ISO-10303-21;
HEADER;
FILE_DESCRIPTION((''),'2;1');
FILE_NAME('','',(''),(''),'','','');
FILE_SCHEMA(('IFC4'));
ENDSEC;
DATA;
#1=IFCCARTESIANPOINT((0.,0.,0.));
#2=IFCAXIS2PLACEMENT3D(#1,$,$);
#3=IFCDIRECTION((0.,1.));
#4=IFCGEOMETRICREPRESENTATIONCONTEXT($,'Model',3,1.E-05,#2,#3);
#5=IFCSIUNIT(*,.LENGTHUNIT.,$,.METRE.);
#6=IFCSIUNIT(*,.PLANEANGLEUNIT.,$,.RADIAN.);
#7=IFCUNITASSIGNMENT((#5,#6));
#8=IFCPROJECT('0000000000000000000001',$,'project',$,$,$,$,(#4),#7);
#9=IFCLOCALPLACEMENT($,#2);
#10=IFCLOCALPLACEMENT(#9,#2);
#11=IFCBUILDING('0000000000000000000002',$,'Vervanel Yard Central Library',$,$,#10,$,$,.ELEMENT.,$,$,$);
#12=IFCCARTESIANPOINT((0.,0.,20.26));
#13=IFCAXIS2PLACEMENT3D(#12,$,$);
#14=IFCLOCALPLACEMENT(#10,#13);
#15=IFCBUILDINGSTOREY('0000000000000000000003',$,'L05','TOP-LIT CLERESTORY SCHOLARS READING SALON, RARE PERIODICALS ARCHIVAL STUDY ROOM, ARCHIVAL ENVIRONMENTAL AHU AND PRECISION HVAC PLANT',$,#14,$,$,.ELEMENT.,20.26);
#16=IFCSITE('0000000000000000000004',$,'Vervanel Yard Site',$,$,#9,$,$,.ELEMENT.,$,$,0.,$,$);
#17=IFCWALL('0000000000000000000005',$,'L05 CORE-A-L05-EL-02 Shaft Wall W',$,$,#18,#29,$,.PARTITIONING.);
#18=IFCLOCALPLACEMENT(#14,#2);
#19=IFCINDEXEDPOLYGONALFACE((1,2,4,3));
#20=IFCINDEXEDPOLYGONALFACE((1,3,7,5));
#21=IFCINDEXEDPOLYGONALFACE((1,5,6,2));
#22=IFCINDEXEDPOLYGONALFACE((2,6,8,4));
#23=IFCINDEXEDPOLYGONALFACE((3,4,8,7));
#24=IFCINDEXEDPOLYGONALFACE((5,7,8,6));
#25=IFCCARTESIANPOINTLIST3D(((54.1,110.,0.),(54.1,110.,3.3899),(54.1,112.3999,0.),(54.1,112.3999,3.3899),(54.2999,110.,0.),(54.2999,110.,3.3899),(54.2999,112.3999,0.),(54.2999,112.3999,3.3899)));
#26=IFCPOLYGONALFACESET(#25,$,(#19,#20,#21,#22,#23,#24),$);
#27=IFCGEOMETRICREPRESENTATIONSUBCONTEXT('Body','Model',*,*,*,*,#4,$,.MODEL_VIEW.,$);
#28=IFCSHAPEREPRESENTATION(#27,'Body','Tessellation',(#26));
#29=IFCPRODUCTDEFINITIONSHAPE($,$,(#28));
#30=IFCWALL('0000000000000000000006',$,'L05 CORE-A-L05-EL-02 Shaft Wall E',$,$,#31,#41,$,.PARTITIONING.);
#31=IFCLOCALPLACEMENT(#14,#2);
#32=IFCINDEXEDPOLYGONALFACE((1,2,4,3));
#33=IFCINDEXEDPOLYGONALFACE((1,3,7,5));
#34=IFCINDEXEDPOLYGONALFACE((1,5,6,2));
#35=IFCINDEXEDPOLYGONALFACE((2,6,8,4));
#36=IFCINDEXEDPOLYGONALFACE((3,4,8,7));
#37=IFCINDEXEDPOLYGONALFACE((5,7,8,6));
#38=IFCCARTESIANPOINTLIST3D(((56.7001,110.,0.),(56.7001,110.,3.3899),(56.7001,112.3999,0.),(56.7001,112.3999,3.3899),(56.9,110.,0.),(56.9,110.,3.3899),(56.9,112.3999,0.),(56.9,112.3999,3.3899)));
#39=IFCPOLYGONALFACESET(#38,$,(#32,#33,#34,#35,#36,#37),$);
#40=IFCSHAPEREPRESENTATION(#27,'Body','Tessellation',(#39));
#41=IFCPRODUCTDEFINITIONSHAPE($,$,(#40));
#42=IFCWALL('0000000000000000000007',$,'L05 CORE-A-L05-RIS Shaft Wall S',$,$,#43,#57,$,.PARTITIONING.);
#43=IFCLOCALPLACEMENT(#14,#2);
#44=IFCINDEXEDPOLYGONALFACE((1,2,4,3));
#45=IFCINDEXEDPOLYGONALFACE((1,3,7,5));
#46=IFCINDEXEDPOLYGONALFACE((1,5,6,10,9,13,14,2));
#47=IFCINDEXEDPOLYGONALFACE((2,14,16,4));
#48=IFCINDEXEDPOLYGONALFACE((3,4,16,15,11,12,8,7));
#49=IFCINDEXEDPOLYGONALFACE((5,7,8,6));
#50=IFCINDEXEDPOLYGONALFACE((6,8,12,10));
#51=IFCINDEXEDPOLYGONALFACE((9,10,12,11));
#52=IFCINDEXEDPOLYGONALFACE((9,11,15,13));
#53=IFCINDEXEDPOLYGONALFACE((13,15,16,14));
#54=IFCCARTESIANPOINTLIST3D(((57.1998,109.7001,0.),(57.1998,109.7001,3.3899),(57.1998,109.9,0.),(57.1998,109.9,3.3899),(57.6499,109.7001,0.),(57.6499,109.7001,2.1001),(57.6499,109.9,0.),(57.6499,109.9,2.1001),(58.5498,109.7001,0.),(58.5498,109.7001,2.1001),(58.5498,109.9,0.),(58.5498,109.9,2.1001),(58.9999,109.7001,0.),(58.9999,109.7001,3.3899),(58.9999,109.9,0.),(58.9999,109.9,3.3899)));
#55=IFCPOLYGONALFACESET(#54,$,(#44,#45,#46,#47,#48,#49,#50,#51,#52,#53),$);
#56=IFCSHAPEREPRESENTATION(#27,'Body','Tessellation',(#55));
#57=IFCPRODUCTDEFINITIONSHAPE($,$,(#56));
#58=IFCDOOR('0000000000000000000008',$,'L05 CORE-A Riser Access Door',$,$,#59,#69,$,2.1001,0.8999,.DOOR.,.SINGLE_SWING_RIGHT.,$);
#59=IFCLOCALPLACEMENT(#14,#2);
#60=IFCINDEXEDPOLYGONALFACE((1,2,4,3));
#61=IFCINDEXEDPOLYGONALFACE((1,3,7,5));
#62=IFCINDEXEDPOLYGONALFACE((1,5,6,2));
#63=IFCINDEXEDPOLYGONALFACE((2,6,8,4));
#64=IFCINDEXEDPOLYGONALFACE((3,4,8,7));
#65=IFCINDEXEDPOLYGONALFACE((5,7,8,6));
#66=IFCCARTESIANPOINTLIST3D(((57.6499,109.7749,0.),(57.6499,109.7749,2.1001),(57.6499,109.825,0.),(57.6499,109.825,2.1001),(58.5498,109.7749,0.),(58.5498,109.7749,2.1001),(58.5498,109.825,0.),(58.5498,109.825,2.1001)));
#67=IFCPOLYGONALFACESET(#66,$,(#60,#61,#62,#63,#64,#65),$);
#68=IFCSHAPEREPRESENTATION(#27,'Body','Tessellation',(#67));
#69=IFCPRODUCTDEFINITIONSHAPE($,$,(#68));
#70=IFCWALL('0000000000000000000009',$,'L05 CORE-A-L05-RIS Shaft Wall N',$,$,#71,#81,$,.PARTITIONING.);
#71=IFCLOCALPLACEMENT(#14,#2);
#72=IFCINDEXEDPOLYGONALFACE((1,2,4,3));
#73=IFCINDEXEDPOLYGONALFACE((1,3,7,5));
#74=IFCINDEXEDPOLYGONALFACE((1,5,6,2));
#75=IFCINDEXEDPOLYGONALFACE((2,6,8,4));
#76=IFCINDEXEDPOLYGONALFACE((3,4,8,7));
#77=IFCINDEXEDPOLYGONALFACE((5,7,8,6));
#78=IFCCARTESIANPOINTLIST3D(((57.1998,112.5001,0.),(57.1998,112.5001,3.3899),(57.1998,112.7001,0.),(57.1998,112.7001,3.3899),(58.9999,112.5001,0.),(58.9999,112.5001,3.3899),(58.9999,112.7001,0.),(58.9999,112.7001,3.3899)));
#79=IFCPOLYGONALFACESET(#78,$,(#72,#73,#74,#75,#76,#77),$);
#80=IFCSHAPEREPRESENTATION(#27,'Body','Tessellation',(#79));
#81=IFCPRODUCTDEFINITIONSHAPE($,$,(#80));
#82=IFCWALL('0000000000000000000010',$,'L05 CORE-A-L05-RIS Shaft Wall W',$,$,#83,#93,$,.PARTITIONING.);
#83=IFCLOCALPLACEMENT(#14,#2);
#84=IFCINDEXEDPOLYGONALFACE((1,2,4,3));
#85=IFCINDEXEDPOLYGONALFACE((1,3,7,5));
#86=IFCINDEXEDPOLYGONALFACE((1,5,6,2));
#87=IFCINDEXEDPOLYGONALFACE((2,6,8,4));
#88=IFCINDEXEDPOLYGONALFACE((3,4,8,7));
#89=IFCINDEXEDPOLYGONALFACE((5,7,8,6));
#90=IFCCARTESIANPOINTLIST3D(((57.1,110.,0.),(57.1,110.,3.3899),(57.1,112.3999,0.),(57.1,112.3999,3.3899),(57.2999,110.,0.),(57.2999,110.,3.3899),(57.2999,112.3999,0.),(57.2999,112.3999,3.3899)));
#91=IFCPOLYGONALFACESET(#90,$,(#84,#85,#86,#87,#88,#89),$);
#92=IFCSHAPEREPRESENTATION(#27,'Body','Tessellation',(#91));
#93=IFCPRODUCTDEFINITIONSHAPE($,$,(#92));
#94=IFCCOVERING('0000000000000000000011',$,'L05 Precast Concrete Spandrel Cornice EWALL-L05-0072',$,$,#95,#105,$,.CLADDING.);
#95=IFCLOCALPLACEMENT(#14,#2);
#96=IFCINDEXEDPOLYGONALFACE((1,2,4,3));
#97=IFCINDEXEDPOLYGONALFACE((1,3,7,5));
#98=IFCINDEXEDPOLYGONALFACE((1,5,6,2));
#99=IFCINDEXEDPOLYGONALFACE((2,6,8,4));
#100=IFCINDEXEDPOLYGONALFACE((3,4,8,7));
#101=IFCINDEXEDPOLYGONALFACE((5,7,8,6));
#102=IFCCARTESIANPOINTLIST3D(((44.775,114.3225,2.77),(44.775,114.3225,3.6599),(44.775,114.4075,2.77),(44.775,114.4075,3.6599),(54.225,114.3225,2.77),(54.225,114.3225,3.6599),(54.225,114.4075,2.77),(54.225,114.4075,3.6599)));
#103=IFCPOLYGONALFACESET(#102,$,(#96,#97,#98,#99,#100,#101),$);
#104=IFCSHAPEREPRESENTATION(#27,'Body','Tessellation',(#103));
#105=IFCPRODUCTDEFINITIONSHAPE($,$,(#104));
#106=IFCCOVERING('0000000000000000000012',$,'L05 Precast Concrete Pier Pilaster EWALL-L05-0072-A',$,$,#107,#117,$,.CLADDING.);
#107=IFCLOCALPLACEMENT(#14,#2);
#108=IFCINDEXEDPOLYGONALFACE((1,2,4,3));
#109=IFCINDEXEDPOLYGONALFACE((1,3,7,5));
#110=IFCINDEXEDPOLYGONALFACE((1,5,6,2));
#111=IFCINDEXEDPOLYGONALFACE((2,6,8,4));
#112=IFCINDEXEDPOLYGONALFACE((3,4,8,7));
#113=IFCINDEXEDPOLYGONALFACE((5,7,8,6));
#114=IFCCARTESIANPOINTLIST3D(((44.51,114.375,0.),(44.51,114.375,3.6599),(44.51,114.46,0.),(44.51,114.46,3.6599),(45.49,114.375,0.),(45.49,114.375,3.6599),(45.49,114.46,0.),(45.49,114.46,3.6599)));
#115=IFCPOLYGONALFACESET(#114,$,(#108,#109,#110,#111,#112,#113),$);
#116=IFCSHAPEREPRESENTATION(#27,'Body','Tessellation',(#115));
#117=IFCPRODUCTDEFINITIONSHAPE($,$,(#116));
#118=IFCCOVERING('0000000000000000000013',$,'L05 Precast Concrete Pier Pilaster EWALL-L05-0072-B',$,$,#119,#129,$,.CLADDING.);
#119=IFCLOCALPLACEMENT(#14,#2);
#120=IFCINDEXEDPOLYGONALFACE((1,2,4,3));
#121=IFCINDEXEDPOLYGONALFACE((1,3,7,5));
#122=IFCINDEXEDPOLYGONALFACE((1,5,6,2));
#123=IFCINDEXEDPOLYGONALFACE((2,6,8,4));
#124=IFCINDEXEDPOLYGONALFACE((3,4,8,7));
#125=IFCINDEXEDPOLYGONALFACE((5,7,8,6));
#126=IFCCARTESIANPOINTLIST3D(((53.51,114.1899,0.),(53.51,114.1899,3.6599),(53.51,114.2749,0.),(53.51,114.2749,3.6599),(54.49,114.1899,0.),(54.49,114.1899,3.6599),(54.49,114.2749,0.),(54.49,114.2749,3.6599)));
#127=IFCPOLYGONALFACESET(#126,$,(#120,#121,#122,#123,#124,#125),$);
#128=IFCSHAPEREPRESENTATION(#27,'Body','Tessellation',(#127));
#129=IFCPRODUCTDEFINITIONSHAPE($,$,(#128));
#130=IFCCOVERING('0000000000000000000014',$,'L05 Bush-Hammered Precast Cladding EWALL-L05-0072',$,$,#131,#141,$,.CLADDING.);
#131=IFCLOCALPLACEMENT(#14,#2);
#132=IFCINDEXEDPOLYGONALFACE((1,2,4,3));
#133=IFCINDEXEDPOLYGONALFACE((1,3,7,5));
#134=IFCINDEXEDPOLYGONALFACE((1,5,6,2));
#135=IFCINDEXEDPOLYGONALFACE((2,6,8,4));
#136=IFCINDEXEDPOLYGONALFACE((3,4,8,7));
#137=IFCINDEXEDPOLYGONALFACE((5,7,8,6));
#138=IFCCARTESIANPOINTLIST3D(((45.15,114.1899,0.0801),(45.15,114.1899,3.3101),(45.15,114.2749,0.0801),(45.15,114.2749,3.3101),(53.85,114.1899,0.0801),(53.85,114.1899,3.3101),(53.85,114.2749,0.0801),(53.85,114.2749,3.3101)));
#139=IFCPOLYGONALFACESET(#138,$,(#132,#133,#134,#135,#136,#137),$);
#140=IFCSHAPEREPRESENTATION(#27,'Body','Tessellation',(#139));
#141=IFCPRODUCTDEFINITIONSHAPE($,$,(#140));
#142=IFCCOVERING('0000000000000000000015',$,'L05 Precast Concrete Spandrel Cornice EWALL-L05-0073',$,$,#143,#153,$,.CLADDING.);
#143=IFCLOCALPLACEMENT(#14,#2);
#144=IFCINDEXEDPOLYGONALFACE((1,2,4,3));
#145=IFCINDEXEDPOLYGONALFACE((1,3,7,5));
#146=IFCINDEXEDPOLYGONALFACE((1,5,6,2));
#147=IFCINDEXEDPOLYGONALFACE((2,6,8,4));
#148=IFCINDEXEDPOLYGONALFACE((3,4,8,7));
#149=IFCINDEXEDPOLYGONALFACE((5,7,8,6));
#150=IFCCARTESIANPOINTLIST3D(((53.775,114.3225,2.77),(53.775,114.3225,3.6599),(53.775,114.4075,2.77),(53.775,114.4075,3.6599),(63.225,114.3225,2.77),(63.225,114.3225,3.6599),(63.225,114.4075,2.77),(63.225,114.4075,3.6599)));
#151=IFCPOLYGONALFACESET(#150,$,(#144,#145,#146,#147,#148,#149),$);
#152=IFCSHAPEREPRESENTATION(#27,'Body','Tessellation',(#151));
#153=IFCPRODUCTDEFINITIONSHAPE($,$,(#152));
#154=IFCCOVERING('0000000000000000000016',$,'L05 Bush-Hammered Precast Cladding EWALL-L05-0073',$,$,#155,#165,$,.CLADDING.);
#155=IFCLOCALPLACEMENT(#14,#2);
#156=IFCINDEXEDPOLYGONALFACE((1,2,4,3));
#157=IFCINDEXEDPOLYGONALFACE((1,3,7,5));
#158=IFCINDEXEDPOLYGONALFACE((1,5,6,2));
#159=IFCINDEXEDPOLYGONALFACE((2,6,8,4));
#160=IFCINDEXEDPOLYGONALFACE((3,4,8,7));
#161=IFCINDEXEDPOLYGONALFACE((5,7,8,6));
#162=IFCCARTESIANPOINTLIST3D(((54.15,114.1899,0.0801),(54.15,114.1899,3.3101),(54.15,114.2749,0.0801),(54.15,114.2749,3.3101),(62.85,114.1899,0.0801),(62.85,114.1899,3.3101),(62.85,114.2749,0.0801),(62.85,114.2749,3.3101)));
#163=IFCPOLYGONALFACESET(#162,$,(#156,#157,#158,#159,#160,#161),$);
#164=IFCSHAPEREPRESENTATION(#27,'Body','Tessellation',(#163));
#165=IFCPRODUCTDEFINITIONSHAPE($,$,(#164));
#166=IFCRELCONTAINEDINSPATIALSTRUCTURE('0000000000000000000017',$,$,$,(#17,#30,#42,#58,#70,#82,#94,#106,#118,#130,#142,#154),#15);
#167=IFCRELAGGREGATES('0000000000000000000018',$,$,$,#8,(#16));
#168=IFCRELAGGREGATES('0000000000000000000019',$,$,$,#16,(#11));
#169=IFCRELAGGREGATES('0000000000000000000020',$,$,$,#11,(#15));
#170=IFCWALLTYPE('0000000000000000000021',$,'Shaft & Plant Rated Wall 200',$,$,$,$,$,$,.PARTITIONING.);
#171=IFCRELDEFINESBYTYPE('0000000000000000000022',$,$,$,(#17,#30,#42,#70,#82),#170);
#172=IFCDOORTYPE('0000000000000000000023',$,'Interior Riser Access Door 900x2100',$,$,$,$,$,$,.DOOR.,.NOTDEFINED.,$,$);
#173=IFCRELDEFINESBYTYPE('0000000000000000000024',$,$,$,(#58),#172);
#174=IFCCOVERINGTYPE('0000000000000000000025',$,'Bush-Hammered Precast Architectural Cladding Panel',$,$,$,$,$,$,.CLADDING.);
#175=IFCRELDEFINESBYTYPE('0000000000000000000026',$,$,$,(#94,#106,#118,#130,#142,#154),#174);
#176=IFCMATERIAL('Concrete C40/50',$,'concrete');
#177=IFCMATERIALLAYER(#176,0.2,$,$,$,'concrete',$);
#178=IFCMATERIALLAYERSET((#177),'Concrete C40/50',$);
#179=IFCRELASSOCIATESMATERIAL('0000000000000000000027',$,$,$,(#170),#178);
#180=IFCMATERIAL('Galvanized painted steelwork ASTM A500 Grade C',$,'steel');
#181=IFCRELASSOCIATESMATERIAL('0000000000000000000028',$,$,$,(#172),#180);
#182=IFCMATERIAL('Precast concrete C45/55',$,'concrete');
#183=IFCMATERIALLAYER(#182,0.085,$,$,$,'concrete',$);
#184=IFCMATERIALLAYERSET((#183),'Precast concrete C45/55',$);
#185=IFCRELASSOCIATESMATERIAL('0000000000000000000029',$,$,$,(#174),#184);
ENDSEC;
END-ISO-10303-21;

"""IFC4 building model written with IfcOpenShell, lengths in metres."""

from ifc_helpers import new_model, si_unit, direction, frame, frame_2d, origin, origin_2d, place, context, subcontext, project, spatial, rectangle, extrude, material, layer, layer_set, type_object, element, fill, save


model = new_model("IFC4")

# Units and contexts
model_context = context("Model", 3, precision=1e-05, world=origin(), true_north=direction((0.0, 1.0)))
body_context = subcontext(model_context, "Body", "Model", "MODEL_VIEW")
ifc_project = project(units=[si_unit("LENGTHUNIT", "METRE"), si_unit("PLANEANGLEUNIT", "RADIAN")], contexts=[model_context])

# Site, building, storey
site_placement = place(None, origin())
site = spatial("IfcSite", under=ifc_project, at=site_placement, Name="Vervanel Yard Site", CompositionType="ELEMENT", RefElevation=0.0)
building_placement = place(site_placement, origin())
building = spatial("IfcBuilding", under=site, at=building_placement, Name="Vervanel Yard Central Library", CompositionType="ELEMENT")
storey_placement = place(building_placement, frame((0.0, 0.0, 20.26)))
storey = spatial("IfcBuildingStorey", under=building, at=storey_placement, Name="L05", Description="TOP-LIT CLERESTORY SCHOLARS READING SALON, RARE PERIODICALS ARCHIVAL STUDY ROOM, ARCHIVAL ENVIRONMENTAL AHU AND PRECISION HVAC PLANT", CompositionType="ELEMENT", Elevation=20.26)

# Shared definitions
ifc_material_1 = material(Name="Galvanized painted steelwork ASTM A500 Grade C", Category="steel")

# Shared definitions
ifc_material_2 = material(Name="Concrete C40/50", Category="concrete")

# Shared definitions
ifc_layer_1 = layer(ifc_material_2, 0.2, Category="concrete")
ifc_layer_set_1 = layer_set([ifc_layer_1], Name="Concrete C40/50")
wall_type_1 = type_object("IfcWallType", Name="Shaft & Plant Rated Wall 200", PredefinedType="PARTITIONING", material=ifc_layer_set_1)

# Walls
for number, where, z_axis, x_axis, name in (
    (1, (54.2, 110.0, 0.0), (0.0, 0.0, 1.0), (0.0, 1.0, 0.0), "L05 CORE-A-L05-EL-02 Shaft Wall W"),
    (2, (56.8, 110.0, 0.0), (0.0, 0.0, 1.0), (0.0, 1.0, 0.0), "L05 CORE-A-L05-EL-02 Shaft Wall E"),
):
    element("IfcWall", number, at=place(storey_placement, frame(where, z_axis=z_axis, x_axis=x_axis)), inside=storey, type_object=wall_type_1, Name=name, PredefinedType="PARTITIONING", context=body_context, shape_type="SweptSolid", body=[
        extrude(rectangle(XDim=2.3999, YDim=0.2, at=frame_2d((1.2, 0.0))), origin(), (0.0, 0.0, 1.0), 3.3899),
    ])

# Wall, opening, door
wall_1_placement = place(storey_placement, frame((57.2, 109.8, 0.0), z_axis=(0.0, 0.0, 1.0), x_axis=(1.0, 0.0, 0.0)))
wall_1 = element("IfcWall", 3, at=wall_1_placement, inside=storey, type_object=wall_type_1, Name="L05 CORE-A-L05-RIS Shaft Wall S", PredefinedType="PARTITIONING", context=body_context, shape_type="SweptSolid", body=[
    extrude(rectangle(XDim=1.8, YDim=0.2, at=frame_2d((0.8999, 0.0))), origin(), (0.0, 0.0, 1.0), 3.3899),
])
opening_1_placement = place(wall_1_placement, frame((0.45, 0.0, 0.0)))
opening_1 = element("IfcOpeningElement", 4, at=opening_1_placement, cuts=wall_1, PredefinedType="OPENING", context=body_context, shape_type="SweptSolid", body=[
    extrude(rectangle(XDim=0.8999, YDim=2.1001, at=frame_2d((0.45, 1.05))), frame((0.0, 0.1099, 0.0), z_axis=(0.0, -1.0, 0.0), x_axis=(1.0, 0.0, 0.0)), (0.0, 0.0, 1.0), 0.22),
])
door_type_1 = type_object("IfcDoorType", Name="Interior Riser Access Door 900x2100", OperationType="NOTDEFINED", PredefinedType="DOOR", material=ifc_material_1)
door_1_placement = place(opening_1_placement, origin())
door_1 = element("IfcDoor", 5, at=door_1_placement, inside=storey, type_object=door_type_1, Name="L05 CORE-A Riser Access Door", OperationType="SINGLE_SWING_RIGHT", OverallHeight=2.1001, OverallWidth=0.8999, PredefinedType="DOOR", context=body_context, shape_type="SweptSolid", body=[
    extrude(rectangle(XDim=0.8999, YDim=2.1001, at=frame_2d((0.45, 1.05))), frame((0.0, 0.0249, 0.0), z_axis=(0.0, -1.0, 0.0), x_axis=(1.0, 0.0, 0.0)), (0.0, 0.0, 1.0), 0.05),
])
fill(opening_1, door_1)

# Walls
wall_2_placement = place(storey_placement, frame((57.2, 112.6001, 0.0), z_axis=(0.0, 0.0, 1.0), x_axis=(1.0, 0.0, 0.0)))
element("IfcWall", 6, at=wall_2_placement, inside=storey, type_object=wall_type_1, Name="L05 CORE-A-L05-RIS Shaft Wall N", PredefinedType="PARTITIONING", context=body_context, shape_type="SweptSolid", body=[
    extrude(rectangle(XDim=1.8, YDim=0.2, at=frame_2d((0.8999, 0.0))), origin(), (0.0, 0.0, 1.0), 3.3899),
])
wall_3_placement = place(storey_placement, frame((57.2, 110.0, 0.0), z_axis=(0.0, 0.0, 1.0), x_axis=(0.0, 1.0, 0.0)))
element("IfcWall", 7, at=wall_3_placement, inside=storey, type_object=wall_type_1, Name="L05 CORE-A-L05-RIS Shaft Wall W", PredefinedType="PARTITIONING", context=body_context, shape_type="SweptSolid", body=[
    extrude(rectangle(XDim=2.3999, YDim=0.2, at=frame_2d((1.2, 0.0))), origin(), (0.0, 0.0, 1.0), 3.3899),
])

# Coverings
ifc_material_3 = material(Name="Precast concrete C45/55", Category="concrete")
ifc_layer_2 = layer(ifc_material_3, 0.085, Category="concrete")
ifc_layer_set_2 = layer_set([ifc_layer_2], Name="Precast concrete C45/55")
covering_type = type_object("IfcCoveringType", Name="Bush-Hammered Precast Architectural Cladding Panel", PredefinedType="CLADDING", material=ifc_layer_set_2)
covering_1_placement = place(storey_placement, frame((49.5, 114.365, 2.77), z_axis=(0.0, 0.0, 1.0), x_axis=(1.0, 0.0, 0.0)))
element("IfcCovering", 8, at=covering_1_placement, inside=storey, type_object=covering_type, Name="L05 Precast Concrete Spandrel Cornice EWALL-L05-0072", PredefinedType="CLADDING", context=body_context, shape_type="SweptSolid", body=[
    extrude(rectangle(XDim=9.45, YDim=0.085, at=origin_2d()), origin(), (0.0, 0.0, 1.0), 0.8899),
])
for number, where, z_axis, x_axis, name in (
    (9, (45.0, 114.4175, 0.0), (0.0, 0.0, 1.0), (1.0, 0.0, 0.0), "L05 Precast Concrete Pier Pilaster EWALL-L05-0072-A"),
    (10, (54.0, 114.2324, 0.0), (0.0, 0.0, 1.0), (1.0, 0.0, 0.0), "L05 Precast Concrete Pier Pilaster EWALL-L05-0072-B"),
):
    element("IfcCovering", number, at=place(storey_placement, frame(where, z_axis=z_axis, x_axis=x_axis)), inside=storey, type_object=covering_type, Name=name, PredefinedType="CLADDING", context=body_context, shape_type="SweptSolid", body=[
        extrude(rectangle(XDim=0.98, YDim=0.085, at=origin_2d()), origin(), (0.0, 0.0, 1.0), 3.6599),
    ])
covering_2_placement = place(storey_placement, frame((49.5, 114.2324, 0.0801), z_axis=(0.0, 0.0, 1.0), x_axis=(1.0, 0.0, 0.0)))
element("IfcCovering", 11, at=covering_2_placement, inside=storey, type_object=covering_type, Name="L05 Bush-Hammered Precast Cladding EWALL-L05-0072", PredefinedType="CLADDING", context=body_context, shape_type="SweptSolid", body=[
    extrude(rectangle(XDim=8.7, YDim=0.085, at=origin_2d()), origin(), (0.0, 0.0, 1.0), 3.23),
])
covering_3_placement = place(storey_placement, frame((58.5, 114.365, 2.77), z_axis=(0.0, 0.0, 1.0), x_axis=(1.0, 0.0, 0.0)))
element("IfcCovering", 12, at=covering_3_placement, inside=storey, type_object=covering_type, Name="L05 Precast Concrete Spandrel Cornice EWALL-L05-0073", PredefinedType="CLADDING", context=body_context, shape_type="SweptSolid", body=[
    extrude(rectangle(XDim=9.45, YDim=0.085, at=origin_2d()), origin(), (0.0, 0.0, 1.0), 0.8899),
])
covering_4_placement = place(storey_placement, frame((58.5, 114.2324, 0.0801), z_axis=(0.0, 0.0, 1.0), x_axis=(1.0, 0.0, 0.0)))
element("IfcCovering", 13, at=covering_4_placement, inside=storey, type_object=covering_type, Name="L05 Bush-Hammered Precast Cladding EWALL-L05-0073", PredefinedType="CLADDING", context=body_context, shape_type="SweptSolid", body=[
    extrude(rectangle(XDim=8.7, YDim=0.085, at=origin_2d()), origin(), (0.0, 0.0, 1.0), 3.23),
])

save(model, "model.ifc")
